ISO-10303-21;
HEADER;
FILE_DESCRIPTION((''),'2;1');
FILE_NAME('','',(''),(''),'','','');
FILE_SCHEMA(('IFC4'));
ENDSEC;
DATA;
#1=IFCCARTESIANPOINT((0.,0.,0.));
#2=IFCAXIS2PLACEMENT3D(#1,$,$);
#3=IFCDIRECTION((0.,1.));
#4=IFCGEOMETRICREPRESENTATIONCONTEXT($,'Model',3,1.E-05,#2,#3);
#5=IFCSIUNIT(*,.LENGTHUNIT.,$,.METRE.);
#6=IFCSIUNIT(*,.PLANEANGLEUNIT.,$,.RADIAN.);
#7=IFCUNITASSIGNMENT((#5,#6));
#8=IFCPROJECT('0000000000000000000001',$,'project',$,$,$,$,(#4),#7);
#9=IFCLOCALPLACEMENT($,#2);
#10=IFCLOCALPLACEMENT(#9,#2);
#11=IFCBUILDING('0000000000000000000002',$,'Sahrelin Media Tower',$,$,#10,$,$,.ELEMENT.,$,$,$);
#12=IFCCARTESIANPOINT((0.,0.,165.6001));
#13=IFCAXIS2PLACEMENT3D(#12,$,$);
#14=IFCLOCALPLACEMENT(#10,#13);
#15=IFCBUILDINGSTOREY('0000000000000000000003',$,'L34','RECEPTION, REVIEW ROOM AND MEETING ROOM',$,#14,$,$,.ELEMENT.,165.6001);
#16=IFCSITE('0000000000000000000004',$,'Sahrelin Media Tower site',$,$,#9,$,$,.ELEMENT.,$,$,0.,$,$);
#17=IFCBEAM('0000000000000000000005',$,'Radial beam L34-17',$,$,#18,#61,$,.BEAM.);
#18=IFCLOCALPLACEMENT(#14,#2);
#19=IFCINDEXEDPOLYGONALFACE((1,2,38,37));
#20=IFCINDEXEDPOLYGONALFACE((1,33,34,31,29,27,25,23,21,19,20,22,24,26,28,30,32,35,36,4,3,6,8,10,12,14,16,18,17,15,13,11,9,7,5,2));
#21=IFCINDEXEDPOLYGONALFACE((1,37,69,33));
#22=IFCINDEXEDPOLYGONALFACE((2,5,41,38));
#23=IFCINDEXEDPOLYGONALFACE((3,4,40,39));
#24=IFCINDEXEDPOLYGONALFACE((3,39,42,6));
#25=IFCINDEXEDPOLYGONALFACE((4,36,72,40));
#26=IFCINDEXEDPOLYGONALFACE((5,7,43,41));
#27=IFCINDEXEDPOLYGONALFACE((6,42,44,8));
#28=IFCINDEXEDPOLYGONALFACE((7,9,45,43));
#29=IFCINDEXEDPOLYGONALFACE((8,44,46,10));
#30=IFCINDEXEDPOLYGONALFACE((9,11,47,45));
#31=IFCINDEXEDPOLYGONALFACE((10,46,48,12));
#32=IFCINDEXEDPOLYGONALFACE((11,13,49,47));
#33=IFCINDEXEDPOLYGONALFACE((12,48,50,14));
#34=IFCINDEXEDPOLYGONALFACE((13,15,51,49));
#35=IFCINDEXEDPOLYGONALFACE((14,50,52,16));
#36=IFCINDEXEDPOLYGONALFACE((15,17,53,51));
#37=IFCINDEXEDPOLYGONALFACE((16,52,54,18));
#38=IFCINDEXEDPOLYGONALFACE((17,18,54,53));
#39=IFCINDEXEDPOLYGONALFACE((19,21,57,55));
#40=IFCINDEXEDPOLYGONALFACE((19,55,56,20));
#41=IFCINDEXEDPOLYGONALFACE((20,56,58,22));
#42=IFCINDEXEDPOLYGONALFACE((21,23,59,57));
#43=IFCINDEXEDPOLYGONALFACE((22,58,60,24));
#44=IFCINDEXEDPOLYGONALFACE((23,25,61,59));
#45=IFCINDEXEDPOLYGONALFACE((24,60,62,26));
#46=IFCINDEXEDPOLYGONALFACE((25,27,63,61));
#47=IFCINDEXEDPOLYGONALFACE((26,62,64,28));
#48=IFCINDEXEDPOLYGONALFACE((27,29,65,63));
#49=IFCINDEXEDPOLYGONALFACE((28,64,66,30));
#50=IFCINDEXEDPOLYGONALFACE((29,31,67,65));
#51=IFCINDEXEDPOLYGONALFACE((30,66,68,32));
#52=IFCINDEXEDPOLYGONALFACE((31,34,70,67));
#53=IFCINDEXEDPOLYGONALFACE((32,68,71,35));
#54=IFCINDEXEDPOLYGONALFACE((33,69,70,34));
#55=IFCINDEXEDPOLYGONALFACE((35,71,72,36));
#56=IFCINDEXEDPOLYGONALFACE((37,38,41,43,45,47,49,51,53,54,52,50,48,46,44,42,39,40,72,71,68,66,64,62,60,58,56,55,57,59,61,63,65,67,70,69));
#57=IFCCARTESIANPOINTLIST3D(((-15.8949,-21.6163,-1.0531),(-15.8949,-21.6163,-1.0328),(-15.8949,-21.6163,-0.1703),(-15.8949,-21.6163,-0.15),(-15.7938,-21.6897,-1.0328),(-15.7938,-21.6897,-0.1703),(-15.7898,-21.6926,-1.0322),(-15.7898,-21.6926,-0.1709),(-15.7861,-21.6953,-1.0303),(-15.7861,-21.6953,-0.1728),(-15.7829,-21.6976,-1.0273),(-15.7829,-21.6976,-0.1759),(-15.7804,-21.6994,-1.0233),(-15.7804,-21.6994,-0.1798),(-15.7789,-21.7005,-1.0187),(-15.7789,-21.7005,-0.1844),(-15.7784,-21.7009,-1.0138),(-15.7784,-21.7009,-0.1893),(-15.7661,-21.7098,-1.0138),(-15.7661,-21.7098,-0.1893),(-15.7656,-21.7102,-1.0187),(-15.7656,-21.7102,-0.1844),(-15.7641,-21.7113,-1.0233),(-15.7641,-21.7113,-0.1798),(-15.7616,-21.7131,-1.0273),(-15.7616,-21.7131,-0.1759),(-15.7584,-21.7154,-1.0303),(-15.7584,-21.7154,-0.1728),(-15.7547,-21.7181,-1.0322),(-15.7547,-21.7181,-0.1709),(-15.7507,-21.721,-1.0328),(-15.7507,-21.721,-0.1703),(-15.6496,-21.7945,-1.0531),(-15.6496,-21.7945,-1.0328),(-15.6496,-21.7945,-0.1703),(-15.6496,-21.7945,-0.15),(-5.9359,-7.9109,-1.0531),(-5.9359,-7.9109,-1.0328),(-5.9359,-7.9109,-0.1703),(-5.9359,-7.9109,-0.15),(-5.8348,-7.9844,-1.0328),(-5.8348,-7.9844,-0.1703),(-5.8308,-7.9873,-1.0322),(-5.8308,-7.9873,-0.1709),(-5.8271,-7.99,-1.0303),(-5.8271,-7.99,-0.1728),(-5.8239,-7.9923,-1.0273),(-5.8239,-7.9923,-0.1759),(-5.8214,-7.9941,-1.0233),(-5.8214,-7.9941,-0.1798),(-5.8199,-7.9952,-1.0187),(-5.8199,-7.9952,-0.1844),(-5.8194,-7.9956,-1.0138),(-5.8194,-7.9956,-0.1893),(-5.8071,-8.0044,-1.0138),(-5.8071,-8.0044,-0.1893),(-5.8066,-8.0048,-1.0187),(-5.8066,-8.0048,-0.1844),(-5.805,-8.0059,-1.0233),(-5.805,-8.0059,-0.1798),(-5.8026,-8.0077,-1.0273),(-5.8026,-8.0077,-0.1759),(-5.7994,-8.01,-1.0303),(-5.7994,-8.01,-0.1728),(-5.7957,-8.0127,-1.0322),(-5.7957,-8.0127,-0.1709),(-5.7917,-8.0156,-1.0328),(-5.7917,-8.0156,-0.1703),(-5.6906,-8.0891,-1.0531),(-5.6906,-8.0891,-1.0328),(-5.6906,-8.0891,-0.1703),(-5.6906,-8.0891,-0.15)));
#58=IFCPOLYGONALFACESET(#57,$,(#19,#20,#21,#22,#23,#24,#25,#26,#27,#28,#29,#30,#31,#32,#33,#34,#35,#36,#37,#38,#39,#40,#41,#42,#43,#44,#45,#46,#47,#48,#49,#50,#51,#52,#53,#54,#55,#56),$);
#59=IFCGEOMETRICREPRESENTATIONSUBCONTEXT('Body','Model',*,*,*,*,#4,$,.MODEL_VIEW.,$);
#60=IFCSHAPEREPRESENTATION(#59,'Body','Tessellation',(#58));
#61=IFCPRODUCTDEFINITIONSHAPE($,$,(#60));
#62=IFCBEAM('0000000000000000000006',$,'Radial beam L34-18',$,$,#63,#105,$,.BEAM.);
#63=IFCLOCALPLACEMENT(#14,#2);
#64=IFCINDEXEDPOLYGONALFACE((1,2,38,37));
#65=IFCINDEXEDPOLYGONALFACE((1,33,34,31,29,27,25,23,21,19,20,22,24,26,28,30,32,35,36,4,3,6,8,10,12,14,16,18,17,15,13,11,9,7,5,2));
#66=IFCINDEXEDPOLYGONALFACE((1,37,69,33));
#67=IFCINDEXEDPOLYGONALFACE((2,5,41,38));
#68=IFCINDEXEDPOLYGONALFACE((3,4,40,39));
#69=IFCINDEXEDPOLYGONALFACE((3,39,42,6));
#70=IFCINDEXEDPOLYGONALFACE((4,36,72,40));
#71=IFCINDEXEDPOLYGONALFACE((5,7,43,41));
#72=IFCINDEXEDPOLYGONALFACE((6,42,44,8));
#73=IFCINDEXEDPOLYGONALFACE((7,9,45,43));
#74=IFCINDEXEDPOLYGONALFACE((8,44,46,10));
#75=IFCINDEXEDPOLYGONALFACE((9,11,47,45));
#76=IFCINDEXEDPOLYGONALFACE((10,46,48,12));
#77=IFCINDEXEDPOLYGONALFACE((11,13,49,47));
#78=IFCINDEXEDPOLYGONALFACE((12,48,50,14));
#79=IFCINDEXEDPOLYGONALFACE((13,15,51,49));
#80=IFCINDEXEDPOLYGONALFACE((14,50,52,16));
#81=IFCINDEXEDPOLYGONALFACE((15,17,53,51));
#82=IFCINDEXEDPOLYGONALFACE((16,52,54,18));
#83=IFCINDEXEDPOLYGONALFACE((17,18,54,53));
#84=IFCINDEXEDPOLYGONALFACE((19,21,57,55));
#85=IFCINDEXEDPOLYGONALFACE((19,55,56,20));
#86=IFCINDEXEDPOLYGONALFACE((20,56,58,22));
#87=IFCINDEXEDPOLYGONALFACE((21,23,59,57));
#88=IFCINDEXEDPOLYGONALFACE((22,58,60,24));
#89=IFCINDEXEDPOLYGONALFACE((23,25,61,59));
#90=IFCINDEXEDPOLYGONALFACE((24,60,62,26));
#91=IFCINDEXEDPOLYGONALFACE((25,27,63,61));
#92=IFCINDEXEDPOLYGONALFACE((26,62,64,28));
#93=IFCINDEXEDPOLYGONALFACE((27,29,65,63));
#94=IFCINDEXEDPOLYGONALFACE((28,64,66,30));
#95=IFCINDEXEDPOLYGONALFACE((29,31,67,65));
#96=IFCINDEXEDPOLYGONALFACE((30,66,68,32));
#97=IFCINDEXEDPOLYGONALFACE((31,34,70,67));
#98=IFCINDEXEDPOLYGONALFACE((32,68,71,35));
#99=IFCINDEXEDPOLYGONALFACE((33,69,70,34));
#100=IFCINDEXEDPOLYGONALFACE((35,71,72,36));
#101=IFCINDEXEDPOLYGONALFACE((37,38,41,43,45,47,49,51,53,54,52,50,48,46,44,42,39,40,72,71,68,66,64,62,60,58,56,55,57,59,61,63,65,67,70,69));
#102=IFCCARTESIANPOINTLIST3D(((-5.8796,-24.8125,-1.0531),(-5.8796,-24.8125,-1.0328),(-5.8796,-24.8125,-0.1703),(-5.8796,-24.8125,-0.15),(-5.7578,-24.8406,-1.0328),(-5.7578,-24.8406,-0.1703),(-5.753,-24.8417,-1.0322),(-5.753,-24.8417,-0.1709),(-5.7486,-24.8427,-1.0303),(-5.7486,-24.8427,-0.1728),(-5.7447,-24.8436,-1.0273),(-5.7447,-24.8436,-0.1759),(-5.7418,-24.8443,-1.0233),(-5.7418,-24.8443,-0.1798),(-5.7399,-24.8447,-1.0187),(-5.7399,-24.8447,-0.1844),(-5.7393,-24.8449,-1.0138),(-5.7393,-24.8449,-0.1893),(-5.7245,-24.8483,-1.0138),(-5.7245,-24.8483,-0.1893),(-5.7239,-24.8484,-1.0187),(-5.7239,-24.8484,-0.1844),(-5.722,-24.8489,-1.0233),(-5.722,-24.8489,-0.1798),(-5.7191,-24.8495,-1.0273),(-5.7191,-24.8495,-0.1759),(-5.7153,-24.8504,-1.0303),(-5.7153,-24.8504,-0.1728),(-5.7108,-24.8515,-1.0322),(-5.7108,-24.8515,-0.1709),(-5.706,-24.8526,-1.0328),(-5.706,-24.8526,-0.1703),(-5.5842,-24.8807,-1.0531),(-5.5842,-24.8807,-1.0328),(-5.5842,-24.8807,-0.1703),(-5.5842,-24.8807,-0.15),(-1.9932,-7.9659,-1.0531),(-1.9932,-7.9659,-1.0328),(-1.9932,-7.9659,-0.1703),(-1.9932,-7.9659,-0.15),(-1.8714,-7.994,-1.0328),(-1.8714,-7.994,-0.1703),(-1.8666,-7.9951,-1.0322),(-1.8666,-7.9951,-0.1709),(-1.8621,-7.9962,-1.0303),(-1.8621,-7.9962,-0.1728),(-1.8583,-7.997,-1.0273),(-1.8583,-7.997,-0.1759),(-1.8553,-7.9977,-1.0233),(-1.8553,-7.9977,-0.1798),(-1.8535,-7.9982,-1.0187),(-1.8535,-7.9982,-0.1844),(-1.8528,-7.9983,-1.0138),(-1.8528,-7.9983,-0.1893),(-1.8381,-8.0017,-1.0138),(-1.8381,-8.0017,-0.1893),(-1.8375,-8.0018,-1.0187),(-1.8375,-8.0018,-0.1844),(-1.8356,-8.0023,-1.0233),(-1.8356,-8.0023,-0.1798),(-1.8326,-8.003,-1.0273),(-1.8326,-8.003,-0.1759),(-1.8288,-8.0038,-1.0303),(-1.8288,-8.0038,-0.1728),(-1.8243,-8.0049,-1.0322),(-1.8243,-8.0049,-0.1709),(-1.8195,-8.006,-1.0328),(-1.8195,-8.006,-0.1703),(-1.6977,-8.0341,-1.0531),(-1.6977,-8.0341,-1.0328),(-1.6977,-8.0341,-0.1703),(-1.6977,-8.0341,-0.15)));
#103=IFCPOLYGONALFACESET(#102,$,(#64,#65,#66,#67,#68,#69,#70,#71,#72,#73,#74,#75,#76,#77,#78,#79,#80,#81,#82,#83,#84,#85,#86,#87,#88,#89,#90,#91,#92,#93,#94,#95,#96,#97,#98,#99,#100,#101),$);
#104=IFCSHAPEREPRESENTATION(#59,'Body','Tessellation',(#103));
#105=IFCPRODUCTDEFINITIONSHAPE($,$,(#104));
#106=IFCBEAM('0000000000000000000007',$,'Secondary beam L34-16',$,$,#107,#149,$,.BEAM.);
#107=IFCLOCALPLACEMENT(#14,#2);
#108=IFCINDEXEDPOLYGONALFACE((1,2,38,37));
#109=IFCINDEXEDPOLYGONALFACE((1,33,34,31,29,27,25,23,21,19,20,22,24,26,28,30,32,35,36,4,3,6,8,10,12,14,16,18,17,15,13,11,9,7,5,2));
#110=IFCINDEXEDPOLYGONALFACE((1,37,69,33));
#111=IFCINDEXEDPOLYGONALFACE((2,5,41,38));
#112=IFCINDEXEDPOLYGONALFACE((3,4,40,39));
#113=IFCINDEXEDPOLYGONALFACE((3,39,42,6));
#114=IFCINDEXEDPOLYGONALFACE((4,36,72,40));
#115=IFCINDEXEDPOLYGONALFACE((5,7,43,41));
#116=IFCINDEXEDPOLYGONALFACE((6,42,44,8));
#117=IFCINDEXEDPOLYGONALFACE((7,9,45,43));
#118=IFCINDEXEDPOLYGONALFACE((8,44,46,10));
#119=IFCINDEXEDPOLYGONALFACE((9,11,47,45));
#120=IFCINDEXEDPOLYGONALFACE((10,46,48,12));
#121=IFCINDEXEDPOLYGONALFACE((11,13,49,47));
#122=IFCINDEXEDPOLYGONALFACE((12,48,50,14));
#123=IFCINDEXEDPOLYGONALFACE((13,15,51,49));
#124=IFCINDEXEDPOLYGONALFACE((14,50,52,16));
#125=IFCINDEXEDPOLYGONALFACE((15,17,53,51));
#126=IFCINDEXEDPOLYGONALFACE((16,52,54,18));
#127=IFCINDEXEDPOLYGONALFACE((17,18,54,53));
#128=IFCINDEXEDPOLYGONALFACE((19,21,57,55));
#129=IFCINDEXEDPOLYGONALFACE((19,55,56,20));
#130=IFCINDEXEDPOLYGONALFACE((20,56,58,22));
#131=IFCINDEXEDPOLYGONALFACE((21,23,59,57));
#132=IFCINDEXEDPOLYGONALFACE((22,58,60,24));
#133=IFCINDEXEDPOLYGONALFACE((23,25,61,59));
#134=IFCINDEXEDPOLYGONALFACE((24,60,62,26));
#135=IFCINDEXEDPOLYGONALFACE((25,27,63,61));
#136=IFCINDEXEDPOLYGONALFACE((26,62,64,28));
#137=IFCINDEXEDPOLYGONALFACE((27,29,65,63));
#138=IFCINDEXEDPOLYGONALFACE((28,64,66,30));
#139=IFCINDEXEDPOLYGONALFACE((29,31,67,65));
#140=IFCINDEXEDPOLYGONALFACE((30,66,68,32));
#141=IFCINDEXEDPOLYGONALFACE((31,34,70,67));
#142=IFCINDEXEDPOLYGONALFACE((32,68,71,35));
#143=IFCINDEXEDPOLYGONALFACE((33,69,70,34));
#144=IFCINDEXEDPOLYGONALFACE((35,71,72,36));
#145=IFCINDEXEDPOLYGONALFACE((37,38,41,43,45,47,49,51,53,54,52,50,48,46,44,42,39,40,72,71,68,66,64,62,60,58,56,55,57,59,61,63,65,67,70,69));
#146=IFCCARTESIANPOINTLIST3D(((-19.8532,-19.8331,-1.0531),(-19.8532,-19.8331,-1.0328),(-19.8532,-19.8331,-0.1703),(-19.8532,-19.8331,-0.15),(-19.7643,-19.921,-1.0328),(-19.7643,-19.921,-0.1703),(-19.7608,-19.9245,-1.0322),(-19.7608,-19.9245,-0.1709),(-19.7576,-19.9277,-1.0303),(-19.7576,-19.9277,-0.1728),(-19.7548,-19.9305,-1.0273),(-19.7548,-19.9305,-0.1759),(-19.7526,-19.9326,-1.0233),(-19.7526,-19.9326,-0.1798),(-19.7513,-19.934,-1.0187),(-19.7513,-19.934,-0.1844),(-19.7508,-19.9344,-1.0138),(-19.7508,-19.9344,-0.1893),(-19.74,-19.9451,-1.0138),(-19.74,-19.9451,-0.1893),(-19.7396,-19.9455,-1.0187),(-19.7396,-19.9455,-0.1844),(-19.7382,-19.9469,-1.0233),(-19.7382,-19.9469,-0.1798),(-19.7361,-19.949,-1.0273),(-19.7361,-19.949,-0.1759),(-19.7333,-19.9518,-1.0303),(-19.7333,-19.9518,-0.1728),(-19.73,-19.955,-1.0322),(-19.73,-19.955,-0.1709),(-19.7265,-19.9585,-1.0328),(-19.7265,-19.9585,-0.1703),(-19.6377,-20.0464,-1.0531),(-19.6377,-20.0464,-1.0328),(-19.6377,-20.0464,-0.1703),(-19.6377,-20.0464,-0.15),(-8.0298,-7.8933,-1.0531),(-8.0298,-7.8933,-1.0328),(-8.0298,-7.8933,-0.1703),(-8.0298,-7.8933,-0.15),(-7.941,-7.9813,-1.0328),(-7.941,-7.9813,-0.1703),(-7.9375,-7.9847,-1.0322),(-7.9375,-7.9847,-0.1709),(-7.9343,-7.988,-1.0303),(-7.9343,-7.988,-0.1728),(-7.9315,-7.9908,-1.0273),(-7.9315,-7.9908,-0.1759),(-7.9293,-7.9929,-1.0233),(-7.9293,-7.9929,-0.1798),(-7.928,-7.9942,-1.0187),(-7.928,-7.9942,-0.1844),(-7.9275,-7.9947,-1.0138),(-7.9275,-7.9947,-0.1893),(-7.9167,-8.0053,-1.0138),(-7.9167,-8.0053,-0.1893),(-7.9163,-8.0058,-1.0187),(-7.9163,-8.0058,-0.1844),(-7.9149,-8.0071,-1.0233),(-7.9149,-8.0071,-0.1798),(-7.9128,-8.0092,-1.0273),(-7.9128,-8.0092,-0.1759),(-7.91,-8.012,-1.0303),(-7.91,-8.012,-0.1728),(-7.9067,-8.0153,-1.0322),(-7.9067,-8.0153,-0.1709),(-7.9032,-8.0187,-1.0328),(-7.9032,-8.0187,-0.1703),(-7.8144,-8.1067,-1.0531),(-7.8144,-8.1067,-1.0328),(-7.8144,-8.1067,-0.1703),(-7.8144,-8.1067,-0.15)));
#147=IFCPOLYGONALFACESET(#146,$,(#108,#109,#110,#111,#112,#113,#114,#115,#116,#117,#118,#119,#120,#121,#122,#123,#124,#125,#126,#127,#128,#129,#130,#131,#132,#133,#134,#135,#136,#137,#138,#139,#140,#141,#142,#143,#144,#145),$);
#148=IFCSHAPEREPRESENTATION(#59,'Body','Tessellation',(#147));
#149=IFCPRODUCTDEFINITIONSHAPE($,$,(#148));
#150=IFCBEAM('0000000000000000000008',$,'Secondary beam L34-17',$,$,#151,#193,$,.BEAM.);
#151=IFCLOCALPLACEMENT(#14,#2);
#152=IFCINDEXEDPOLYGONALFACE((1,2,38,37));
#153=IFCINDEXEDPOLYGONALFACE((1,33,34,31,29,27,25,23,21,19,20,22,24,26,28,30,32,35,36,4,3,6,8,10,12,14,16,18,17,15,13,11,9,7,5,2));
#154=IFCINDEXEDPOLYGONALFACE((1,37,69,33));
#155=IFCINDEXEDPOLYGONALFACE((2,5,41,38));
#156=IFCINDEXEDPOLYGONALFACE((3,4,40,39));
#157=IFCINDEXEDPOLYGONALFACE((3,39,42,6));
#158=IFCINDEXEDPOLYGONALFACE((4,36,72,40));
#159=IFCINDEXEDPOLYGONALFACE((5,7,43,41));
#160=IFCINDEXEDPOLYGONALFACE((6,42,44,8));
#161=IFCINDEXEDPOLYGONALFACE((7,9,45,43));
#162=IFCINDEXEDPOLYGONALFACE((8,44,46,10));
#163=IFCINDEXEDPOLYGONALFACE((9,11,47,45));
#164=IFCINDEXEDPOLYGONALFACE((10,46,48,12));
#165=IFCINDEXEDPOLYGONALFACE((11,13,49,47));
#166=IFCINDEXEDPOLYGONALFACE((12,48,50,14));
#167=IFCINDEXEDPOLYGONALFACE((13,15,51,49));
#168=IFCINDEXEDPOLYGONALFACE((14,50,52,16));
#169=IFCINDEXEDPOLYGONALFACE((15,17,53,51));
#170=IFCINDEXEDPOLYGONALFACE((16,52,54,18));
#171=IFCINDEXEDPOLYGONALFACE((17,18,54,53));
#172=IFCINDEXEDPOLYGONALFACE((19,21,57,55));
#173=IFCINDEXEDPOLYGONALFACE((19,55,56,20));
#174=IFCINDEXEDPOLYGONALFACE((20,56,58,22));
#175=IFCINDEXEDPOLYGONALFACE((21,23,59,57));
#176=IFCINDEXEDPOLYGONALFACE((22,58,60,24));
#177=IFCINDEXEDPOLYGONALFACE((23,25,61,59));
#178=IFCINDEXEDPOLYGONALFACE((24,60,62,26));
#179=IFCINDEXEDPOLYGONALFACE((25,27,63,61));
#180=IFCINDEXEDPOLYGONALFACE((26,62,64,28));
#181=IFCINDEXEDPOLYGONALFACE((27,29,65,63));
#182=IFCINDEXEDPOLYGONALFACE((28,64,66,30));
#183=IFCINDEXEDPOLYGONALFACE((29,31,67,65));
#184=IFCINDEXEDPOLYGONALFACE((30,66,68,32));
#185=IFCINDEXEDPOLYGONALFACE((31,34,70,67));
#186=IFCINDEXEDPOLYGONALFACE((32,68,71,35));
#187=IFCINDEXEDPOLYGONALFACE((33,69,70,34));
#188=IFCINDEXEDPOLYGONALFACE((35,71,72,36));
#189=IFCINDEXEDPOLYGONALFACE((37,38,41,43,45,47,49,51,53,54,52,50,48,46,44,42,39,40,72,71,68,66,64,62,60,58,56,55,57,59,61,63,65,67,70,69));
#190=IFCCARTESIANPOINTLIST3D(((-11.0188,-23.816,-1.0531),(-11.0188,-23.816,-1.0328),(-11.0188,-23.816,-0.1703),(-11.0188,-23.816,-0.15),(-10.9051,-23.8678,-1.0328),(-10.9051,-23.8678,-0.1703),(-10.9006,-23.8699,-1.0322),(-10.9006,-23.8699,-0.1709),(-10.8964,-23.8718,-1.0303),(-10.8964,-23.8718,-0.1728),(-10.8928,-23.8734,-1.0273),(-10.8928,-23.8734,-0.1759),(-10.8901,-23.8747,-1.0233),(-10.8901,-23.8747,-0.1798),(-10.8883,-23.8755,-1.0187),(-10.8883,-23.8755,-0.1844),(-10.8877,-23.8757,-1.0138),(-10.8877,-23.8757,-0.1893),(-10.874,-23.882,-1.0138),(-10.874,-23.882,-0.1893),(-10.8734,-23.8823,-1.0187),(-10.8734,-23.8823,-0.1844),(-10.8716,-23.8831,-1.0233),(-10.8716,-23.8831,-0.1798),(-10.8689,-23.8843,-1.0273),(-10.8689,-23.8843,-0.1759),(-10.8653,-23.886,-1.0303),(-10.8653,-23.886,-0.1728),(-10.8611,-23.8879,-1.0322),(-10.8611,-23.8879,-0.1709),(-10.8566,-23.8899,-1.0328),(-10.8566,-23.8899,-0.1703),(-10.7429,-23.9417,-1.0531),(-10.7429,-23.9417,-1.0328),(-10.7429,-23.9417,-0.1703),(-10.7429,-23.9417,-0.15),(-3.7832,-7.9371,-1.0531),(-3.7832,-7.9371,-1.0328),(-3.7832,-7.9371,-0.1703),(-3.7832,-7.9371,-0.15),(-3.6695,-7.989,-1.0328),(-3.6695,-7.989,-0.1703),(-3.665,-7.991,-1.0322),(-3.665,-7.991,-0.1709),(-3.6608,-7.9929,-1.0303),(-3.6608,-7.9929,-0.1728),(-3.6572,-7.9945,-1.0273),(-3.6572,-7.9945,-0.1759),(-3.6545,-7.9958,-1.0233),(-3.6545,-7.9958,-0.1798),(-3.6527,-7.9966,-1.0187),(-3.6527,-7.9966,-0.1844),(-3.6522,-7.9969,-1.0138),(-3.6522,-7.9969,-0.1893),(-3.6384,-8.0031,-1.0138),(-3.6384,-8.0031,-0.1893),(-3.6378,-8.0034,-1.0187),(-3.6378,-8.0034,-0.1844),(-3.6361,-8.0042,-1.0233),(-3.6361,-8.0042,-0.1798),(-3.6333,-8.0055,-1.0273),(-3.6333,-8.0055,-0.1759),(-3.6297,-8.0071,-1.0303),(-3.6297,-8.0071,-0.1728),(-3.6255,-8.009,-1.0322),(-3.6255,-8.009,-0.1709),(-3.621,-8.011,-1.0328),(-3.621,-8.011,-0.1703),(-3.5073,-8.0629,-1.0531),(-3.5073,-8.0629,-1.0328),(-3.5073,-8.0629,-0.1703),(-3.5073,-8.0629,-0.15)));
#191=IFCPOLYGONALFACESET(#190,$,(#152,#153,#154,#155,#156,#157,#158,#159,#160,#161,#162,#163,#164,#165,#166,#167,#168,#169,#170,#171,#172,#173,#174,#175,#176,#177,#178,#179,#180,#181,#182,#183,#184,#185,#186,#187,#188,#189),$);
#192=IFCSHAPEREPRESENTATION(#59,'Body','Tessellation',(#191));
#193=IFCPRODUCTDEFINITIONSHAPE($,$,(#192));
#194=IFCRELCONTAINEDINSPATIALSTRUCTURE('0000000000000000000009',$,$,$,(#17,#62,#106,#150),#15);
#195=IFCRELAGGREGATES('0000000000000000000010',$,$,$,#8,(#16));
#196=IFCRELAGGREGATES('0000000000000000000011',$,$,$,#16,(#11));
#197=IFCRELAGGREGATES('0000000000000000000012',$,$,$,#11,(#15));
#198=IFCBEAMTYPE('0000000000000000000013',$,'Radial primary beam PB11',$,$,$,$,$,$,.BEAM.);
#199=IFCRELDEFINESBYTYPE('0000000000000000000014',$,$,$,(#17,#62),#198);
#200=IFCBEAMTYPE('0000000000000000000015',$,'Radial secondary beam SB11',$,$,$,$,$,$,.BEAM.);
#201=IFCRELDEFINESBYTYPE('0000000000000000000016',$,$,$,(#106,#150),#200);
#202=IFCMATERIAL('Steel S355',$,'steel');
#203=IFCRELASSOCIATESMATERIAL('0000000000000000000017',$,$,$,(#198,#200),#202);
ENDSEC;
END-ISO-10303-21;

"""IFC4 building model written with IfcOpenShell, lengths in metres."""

from ifc_helpers import new_model, si_unit, direction, frame, origin, origin_2d, place, context, subcontext, project, spatial, i_section, extrude, material, material_profile, profile_set, type_object, element, save


model = new_model("IFC4")

# Units and contexts
model_context = context("Model", 3, precision=1e-05, world=origin(), true_north=direction((0.0, 1.0)))
body_context = subcontext(model_context, "Body", "Model", "MODEL_VIEW")
ifc_project = project(units=[si_unit("LENGTHUNIT", "METRE"), si_unit("PLANEANGLEUNIT", "RADIAN")], contexts=[model_context])

# Site, building, storey
site_placement = place(None, origin())
site = spatial("IfcSite", under=ifc_project, at=site_placement, Name="Sahrelin Media Tower site", CompositionType="ELEMENT", RefElevation=0.0)
building_placement = place(site_placement, origin())
building = spatial("IfcBuilding", under=site, at=building_placement, Name="Sahrelin Media Tower", CompositionType="ELEMENT")
storey_placement = place(building_placement, frame((0.0, 0.0, 165.6001)))
storey = spatial("IfcBuildingStorey", under=building, at=storey_placement, Name="L34", Description="RECEPTION, REVIEW ROOM AND MEETING ROOM", CompositionType="ELEMENT", Elevation=165.6001)

# Beams
ifc_material_1 = material(Name="Steel S355", Category="steel")
ifc_material_profile_1 = material_profile(ifc_material_1, i_section(OverallWidth=0.3032, OverallDepth=0.9031, WebThickness=0.0151, FlangeThickness=0.0203, FilletRadius=0.019, at=origin_2d()), Name="UB 914x305x201")
ifc_profile_set_1 = profile_set([ifc_material_profile_1], Name="Steel S355")
beam_type_1 = type_object("IfcBeamType", Name="Radial primary beam PB11", PredefinedType="BEAM", material=ifc_profile_set_1)
beam_1_placement = place(storey_placement, frame((-5.8132, -8.0, -0.6016), z_axis=(-0.587843, -0.808975, 0.0), x_axis=(0.808975, -0.587843, 0.0)))
element("IfcBeam", 1, at=beam_1_placement, inside=storey, type_object=beam_type_1, Name="Radial beam L34-17", PredefinedType="BEAM", context=body_context, shape_type="SweptSolid", body=[
    extrude(i_section(OverallWidth=0.3032, OverallDepth=0.9031, WebThickness=0.0151, FlangeThickness=0.0203, FilletRadius=0.019, at=origin_2d()), origin(), (0.0, 0.0, 1.0), 16.9417),
])
beam_2_placement = place(storey_placement, frame((-1.8455, -8.0, -0.6016), z_axis=(-0.224792, -0.974407, 0.0), x_axis=(0.974407, -0.224792, 0.0)))
element("IfcBeam", 2, at=beam_2_placement, inside=storey, type_object=beam_type_1, Name="Radial beam L34-18", PredefinedType="BEAM", context=body_context, shape_type="SweptSolid", body=[
    extrude(i_section(OverallWidth=0.3032, OverallDepth=0.9031, WebThickness=0.0151, FlangeThickness=0.0203, FilletRadius=0.019, at=origin_2d()), origin(), (0.0, 0.0, 1.0), 17.2891),
])
ifc_material_profile_2 = material_profile(ifc_material_1, i_section(OverallWidth=0.3032, OverallDepth=0.9031, WebThickness=0.0151, FlangeThickness=0.0203, FilletRadius=0.019, at=origin_2d()), Name="UB 914x305x201")
ifc_profile_set_2 = profile_set([ifc_material_profile_2], Name="Steel S355")
beam_type_2 = type_object("IfcBeamType", Name="Radial secondary beam SB11", PredefinedType="BEAM", material=ifc_profile_set_2)
beam_3_placement = place(storey_placement, frame((-7.9221, -8.0, -0.6016), z_axis=(-0.703633, -0.710564, 0.0), x_axis=(0.710564, -0.703633, 0.0)))
element("IfcBeam", 3, at=beam_3_placement, inside=storey, type_object=beam_type_2, Name="Secondary beam L34-16", PredefinedType="BEAM", context=body_context, shape_type="SweptSolid", body=[
    extrude(i_section(OverallWidth=0.3032, OverallDepth=0.9031, WebThickness=0.0151, FlangeThickness=0.0203, FilletRadius=0.019, at=origin_2d()), origin(), (0.0, 0.0, 1.0), 16.8032),
])
beam_4_placement = place(storey_placement, frame((-3.6453, -8.0, -0.6016), z_axis=(-0.414653, -0.909979, 0.0), x_axis=(0.909979, -0.414653, 0.0)))
element("IfcBeam", 4, at=beam_4_placement, inside=storey, type_object=beam_type_2, Name="Secondary beam L34-17", PredefinedType="BEAM", context=body_context, shape_type="SweptSolid", body=[
    extrude(i_section(OverallWidth=0.3032, OverallDepth=0.9031, WebThickness=0.0151, FlangeThickness=0.0203, FilletRadius=0.019, at=origin_2d()), origin(), (0.0, 0.0, 1.0), 17.4497),
])

save(model, "model.ifc")
